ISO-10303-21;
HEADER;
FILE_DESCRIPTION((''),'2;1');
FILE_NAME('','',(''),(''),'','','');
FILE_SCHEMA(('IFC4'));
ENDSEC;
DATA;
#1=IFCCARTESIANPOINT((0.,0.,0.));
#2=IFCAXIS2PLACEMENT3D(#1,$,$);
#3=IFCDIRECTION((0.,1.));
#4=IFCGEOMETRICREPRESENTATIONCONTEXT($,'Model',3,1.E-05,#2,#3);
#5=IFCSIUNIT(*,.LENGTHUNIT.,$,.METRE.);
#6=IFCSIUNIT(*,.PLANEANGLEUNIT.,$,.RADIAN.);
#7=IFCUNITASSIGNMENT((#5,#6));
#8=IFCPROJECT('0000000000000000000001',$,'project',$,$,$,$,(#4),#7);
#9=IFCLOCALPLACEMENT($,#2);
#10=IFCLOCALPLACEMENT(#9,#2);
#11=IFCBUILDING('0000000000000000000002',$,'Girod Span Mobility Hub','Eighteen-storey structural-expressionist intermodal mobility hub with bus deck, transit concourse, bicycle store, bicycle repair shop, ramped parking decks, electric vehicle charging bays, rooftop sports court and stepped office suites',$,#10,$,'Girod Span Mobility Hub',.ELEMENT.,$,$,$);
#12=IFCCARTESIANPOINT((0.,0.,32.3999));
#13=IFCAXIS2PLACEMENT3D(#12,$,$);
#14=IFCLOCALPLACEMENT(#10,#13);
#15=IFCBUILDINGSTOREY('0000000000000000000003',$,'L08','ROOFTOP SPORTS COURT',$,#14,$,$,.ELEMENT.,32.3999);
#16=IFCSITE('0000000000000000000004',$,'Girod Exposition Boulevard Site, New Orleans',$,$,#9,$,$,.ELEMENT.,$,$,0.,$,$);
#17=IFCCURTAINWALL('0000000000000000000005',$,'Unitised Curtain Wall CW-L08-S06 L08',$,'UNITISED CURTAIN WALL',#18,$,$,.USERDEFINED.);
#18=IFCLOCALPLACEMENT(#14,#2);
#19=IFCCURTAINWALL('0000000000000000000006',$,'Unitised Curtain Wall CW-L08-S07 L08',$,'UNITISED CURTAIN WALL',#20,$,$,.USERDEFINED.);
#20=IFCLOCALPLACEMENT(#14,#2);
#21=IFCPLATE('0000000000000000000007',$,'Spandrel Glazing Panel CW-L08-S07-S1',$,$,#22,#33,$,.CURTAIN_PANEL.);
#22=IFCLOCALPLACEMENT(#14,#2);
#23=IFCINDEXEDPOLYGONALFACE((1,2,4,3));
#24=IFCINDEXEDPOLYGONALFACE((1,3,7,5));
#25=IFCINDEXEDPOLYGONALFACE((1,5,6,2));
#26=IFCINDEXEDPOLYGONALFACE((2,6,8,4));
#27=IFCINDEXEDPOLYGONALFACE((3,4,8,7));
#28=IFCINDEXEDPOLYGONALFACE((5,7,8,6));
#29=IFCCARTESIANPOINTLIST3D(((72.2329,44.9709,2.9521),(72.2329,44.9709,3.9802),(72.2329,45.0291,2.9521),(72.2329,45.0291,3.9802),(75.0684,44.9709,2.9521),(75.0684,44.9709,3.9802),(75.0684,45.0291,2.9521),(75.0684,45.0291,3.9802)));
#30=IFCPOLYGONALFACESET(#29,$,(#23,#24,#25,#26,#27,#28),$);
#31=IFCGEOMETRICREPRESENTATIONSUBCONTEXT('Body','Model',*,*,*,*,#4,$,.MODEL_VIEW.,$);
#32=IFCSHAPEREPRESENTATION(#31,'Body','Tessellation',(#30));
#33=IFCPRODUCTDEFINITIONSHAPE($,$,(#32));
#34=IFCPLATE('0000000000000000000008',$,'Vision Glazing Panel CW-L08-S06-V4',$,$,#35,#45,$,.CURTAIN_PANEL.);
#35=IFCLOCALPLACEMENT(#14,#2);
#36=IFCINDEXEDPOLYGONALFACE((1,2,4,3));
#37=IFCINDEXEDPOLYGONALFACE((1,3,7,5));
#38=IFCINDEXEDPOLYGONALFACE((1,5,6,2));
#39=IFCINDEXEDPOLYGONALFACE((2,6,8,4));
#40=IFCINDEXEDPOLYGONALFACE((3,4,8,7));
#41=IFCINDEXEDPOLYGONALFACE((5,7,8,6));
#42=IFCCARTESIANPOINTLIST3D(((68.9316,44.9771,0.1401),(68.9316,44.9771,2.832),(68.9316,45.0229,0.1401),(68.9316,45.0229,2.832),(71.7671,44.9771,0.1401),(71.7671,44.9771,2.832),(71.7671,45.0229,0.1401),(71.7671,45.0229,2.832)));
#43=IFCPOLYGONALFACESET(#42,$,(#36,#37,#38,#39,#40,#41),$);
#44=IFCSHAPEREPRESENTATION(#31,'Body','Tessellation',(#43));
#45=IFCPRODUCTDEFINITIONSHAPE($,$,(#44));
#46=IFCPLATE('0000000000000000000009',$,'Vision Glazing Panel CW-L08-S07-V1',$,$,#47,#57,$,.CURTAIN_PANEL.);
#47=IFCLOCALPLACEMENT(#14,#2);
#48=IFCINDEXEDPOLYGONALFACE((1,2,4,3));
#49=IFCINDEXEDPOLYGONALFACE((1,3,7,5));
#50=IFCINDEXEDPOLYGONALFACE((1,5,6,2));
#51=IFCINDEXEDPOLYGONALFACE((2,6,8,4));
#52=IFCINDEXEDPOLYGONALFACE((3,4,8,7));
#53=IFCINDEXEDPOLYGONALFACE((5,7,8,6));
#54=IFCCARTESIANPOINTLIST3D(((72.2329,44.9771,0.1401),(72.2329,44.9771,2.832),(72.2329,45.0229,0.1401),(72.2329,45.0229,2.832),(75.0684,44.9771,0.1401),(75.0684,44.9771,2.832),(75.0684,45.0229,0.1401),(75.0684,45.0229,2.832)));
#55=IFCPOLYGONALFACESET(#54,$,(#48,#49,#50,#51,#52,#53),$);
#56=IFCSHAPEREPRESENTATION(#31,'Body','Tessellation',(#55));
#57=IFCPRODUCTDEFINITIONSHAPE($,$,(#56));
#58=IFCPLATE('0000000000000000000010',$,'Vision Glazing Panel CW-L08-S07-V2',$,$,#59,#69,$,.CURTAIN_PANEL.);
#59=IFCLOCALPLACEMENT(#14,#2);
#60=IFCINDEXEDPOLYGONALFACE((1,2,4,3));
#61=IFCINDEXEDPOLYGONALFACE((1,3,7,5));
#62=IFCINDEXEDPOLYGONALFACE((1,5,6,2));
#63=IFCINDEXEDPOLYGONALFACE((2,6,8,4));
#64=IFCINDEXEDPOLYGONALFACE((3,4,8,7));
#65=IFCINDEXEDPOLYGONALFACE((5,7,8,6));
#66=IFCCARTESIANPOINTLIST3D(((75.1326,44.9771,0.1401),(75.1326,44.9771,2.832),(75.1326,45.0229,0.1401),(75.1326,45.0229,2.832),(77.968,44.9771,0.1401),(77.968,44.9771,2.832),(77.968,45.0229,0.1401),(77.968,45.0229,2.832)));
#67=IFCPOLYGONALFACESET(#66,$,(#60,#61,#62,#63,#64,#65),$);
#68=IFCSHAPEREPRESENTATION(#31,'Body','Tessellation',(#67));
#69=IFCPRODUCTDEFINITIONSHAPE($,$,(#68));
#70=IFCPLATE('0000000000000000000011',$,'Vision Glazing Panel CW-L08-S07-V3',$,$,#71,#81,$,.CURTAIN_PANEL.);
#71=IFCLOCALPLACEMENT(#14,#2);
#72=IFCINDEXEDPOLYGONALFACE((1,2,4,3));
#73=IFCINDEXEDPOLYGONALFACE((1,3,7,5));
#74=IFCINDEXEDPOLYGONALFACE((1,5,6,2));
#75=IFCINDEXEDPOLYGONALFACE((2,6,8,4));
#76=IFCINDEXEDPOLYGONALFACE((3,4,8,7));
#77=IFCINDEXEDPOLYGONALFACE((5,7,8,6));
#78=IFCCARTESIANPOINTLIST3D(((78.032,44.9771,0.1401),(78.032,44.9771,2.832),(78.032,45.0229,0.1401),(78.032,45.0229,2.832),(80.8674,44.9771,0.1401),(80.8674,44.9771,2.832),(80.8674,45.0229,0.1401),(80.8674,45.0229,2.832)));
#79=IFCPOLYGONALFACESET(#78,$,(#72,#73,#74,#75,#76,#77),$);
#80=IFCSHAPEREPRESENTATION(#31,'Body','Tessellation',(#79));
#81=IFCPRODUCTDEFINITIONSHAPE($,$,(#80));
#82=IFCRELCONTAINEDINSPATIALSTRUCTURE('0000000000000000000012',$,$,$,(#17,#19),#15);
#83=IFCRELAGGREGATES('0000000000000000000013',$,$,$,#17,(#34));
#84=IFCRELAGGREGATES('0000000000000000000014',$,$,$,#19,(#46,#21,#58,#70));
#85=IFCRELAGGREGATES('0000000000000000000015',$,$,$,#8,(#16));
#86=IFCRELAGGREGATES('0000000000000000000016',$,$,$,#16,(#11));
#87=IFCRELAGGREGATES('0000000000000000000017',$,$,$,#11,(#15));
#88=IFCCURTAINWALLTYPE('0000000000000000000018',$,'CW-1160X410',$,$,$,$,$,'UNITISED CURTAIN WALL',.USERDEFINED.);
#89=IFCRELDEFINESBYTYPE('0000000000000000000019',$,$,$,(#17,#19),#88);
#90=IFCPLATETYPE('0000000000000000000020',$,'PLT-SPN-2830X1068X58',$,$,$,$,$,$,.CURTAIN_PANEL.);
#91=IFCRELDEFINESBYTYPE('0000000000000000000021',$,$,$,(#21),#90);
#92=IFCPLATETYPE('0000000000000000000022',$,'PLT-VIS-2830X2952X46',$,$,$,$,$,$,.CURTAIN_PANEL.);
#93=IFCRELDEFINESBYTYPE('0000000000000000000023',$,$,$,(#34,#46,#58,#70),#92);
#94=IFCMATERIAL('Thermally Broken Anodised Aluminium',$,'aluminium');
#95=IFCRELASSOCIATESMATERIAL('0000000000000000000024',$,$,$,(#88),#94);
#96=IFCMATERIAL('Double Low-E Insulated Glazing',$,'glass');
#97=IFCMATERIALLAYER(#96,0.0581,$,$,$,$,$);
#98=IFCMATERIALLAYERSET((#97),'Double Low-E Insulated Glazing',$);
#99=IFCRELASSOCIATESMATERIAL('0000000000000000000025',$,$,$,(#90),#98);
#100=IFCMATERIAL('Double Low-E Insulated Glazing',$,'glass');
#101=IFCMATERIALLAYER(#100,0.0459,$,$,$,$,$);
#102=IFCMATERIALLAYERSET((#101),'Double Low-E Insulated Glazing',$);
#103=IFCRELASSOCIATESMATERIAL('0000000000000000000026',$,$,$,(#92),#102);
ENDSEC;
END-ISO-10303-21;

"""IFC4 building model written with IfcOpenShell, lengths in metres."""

from ifc_helpers import new_model, si_unit, direction, frame, origin, origin_2d, place, context, subcontext, project, spatial, rectangle, extrude, material, layer, layer_set, type_object, element, aggregate, save


model = new_model("IFC4")

# Units and contexts
model_context = context("Model", 3, precision=1e-05, world=origin(), true_north=direction((0.0, 1.0)))
body_context = subcontext(model_context, "Body", "Model", "MODEL_VIEW")
ifc_project = project(units=[si_unit("LENGTHUNIT", "METRE"), si_unit("PLANEANGLEUNIT", "RADIAN")], contexts=[model_context])

# Site, building, storey
site_placement = place(None, origin())
site = spatial("IfcSite", under=ifc_project, at=site_placement, Name="Girod Exposition Boulevard Site, New Orleans", CompositionType="ELEMENT", RefElevation=0.0)
building_placement = place(site_placement, origin())
building = spatial("IfcBuilding", under=site, at=building_placement, Name="Girod Span Mobility Hub", Description="Eighteen-storey structural-expressionist intermodal mobility hub with bus deck, transit concourse, bicycle store, bicycle repair shop, ramped parking decks, electric vehicle charging bays, rooftop sports court and stepped office suites", LongName="Girod Span Mobility Hub", CompositionType="ELEMENT")
storey_placement = place(building_placement, frame((0.0, 0.0, 32.3999)))
storey = spatial("IfcBuildingStorey", under=building, at=storey_placement, Name="L08", Description="ROOFTOP SPORTS COURT", CompositionType="ELEMENT", Elevation=32.3999)

# Curtain wall
ifc_material_1 = material(Name="Thermally Broken Anodised Aluminium", Category="aluminium")
curtain_wall_type = type_object("IfcCurtainWallType", Name="CW-1160X410", ElementType="UNITISED CURTAIN WALL", PredefinedType="USERDEFINED", material=ifc_material_1)
curtain_wall_1_placement = place(storey_placement, origin())
curtain_wall_1 = element("IfcCurtainWall", 1, at=curtain_wall_1_placement, inside=storey, type_object=curtain_wall_type, Name="Unitised Curtain Wall CW-L08-S06 L08", ObjectType="UNITISED CURTAIN WALL", PredefinedType="USERDEFINED")

# Curtain wall
curtain_wall_2_placement = place(storey_placement, origin())
curtain_wall_2 = element("IfcCurtainWall", 2, at=curtain_wall_2_placement, inside=storey, type_object=curtain_wall_type, Name="Unitised Curtain Wall CW-L08-S07 L08", ObjectType="UNITISED CURTAIN WALL", PredefinedType="USERDEFINED")

# Plates
ifc_material_2 = material(Name="Double Low-E Insulated Glazing", Category="glass")
ifc_layer_1 = layer(ifc_material_2, 0.0581)
ifc_layer_set_1 = layer_set([ifc_layer_1], Name="Double Low-E Insulated Glazing")
plate_type_1 = type_object("IfcPlateType", Name="PLT-SPN-2830X1068X58", PredefinedType="CURTAIN_PANEL", material=ifc_layer_set_1)
plate_1_placement = place(storey_placement, frame((73.6506, 45.0, 2.9521), z_axis=(0.0, 0.0, 1.0), x_axis=(1.0, 0.0, 0.0)))
plate_1 = element("IfcPlate", 3, at=plate_1_placement, type_object=plate_type_1, Name="Spandrel Glazing Panel CW-L08-S07-S1", PredefinedType="CURTAIN_PANEL", context=body_context, shape_type="SweptSolid", body=[
    extrude(rectangle(XDim=2.8354, YDim=0.0581, at=origin_2d()), origin(), (0.0, 0.0, 1.0), 1.0281),
])
ifc_material_3 = material(Name="Double Low-E Insulated Glazing", Category="glass")
ifc_layer_2 = layer(ifc_material_3, 0.0459)
ifc_layer_set_2 = layer_set([ifc_layer_2], Name="Double Low-E Insulated Glazing")
plate_type_2 = type_object("IfcPlateType", Name="PLT-VIS-2830X2952X46", PredefinedType="CURTAIN_PANEL", material=ifc_layer_set_2)
plate_2_placement = place(storey_placement, frame((70.3494, 45.0, 0.1401), z_axis=(0.0, 0.0, 1.0), x_axis=(1.0, 0.0, 0.0)))
plate_2 = element("IfcPlate", 4, at=plate_2_placement, type_object=plate_type_2, Name="Vision Glazing Panel CW-L08-S06-V4", PredefinedType="CURTAIN_PANEL", context=body_context, shape_type="SweptSolid", body=[
    extrude(rectangle(XDim=2.8354, YDim=0.0459, at=origin_2d()), origin(), (0.0, 0.0, 1.0), 2.6919),
])
aggregate(curtain_wall_1, [plate_2])
plate_3_placement = place(storey_placement, frame((73.6506, 45.0, 0.1401), z_axis=(0.0, 0.0, 1.0), x_axis=(1.0, 0.0, 0.0)))
plate_3 = element("IfcPlate", 5, at=plate_3_placement, type_object=plate_type_2, Name="Vision Glazing Panel CW-L08-S07-V1", PredefinedType="CURTAIN_PANEL", context=body_context, shape_type="SweptSolid", body=[
    extrude(rectangle(XDim=2.8354, YDim=0.0459, at=origin_2d()), origin(), (0.0, 0.0, 1.0), 2.6919),
])
plate_4_placement = place(storey_placement, frame((76.5503, 45.0, 0.1401), z_axis=(0.0, 0.0, 1.0), x_axis=(1.0, 0.0, 0.0)))
plate_4 = element("IfcPlate", 6, at=plate_4_placement, type_object=plate_type_2, Name="Vision Glazing Panel CW-L08-S07-V2", PredefinedType="CURTAIN_PANEL", context=body_context, shape_type="SweptSolid", body=[
    extrude(rectangle(XDim=2.8354, YDim=0.0459, at=origin_2d()), origin(), (0.0, 0.0, 1.0), 2.6919),
])
plate_5_placement = place(storey_placement, frame((79.4497, 45.0, 0.1401), z_axis=(0.0, 0.0, 1.0), x_axis=(1.0, 0.0, 0.0)))
plate_5 = element("IfcPlate", 7, at=plate_5_placement, type_object=plate_type_2, Name="Vision Glazing Panel CW-L08-S07-V3", PredefinedType="CURTAIN_PANEL", context=body_context, shape_type="SweptSolid", body=[
    extrude(rectangle(XDim=2.8354, YDim=0.0459, at=origin_2d()), origin(), (0.0, 0.0, 1.0), 2.6919),
])
aggregate(curtain_wall_2, [plate_3, plate_1, plate_4, plate_5])

save(model, "model.ifc")
